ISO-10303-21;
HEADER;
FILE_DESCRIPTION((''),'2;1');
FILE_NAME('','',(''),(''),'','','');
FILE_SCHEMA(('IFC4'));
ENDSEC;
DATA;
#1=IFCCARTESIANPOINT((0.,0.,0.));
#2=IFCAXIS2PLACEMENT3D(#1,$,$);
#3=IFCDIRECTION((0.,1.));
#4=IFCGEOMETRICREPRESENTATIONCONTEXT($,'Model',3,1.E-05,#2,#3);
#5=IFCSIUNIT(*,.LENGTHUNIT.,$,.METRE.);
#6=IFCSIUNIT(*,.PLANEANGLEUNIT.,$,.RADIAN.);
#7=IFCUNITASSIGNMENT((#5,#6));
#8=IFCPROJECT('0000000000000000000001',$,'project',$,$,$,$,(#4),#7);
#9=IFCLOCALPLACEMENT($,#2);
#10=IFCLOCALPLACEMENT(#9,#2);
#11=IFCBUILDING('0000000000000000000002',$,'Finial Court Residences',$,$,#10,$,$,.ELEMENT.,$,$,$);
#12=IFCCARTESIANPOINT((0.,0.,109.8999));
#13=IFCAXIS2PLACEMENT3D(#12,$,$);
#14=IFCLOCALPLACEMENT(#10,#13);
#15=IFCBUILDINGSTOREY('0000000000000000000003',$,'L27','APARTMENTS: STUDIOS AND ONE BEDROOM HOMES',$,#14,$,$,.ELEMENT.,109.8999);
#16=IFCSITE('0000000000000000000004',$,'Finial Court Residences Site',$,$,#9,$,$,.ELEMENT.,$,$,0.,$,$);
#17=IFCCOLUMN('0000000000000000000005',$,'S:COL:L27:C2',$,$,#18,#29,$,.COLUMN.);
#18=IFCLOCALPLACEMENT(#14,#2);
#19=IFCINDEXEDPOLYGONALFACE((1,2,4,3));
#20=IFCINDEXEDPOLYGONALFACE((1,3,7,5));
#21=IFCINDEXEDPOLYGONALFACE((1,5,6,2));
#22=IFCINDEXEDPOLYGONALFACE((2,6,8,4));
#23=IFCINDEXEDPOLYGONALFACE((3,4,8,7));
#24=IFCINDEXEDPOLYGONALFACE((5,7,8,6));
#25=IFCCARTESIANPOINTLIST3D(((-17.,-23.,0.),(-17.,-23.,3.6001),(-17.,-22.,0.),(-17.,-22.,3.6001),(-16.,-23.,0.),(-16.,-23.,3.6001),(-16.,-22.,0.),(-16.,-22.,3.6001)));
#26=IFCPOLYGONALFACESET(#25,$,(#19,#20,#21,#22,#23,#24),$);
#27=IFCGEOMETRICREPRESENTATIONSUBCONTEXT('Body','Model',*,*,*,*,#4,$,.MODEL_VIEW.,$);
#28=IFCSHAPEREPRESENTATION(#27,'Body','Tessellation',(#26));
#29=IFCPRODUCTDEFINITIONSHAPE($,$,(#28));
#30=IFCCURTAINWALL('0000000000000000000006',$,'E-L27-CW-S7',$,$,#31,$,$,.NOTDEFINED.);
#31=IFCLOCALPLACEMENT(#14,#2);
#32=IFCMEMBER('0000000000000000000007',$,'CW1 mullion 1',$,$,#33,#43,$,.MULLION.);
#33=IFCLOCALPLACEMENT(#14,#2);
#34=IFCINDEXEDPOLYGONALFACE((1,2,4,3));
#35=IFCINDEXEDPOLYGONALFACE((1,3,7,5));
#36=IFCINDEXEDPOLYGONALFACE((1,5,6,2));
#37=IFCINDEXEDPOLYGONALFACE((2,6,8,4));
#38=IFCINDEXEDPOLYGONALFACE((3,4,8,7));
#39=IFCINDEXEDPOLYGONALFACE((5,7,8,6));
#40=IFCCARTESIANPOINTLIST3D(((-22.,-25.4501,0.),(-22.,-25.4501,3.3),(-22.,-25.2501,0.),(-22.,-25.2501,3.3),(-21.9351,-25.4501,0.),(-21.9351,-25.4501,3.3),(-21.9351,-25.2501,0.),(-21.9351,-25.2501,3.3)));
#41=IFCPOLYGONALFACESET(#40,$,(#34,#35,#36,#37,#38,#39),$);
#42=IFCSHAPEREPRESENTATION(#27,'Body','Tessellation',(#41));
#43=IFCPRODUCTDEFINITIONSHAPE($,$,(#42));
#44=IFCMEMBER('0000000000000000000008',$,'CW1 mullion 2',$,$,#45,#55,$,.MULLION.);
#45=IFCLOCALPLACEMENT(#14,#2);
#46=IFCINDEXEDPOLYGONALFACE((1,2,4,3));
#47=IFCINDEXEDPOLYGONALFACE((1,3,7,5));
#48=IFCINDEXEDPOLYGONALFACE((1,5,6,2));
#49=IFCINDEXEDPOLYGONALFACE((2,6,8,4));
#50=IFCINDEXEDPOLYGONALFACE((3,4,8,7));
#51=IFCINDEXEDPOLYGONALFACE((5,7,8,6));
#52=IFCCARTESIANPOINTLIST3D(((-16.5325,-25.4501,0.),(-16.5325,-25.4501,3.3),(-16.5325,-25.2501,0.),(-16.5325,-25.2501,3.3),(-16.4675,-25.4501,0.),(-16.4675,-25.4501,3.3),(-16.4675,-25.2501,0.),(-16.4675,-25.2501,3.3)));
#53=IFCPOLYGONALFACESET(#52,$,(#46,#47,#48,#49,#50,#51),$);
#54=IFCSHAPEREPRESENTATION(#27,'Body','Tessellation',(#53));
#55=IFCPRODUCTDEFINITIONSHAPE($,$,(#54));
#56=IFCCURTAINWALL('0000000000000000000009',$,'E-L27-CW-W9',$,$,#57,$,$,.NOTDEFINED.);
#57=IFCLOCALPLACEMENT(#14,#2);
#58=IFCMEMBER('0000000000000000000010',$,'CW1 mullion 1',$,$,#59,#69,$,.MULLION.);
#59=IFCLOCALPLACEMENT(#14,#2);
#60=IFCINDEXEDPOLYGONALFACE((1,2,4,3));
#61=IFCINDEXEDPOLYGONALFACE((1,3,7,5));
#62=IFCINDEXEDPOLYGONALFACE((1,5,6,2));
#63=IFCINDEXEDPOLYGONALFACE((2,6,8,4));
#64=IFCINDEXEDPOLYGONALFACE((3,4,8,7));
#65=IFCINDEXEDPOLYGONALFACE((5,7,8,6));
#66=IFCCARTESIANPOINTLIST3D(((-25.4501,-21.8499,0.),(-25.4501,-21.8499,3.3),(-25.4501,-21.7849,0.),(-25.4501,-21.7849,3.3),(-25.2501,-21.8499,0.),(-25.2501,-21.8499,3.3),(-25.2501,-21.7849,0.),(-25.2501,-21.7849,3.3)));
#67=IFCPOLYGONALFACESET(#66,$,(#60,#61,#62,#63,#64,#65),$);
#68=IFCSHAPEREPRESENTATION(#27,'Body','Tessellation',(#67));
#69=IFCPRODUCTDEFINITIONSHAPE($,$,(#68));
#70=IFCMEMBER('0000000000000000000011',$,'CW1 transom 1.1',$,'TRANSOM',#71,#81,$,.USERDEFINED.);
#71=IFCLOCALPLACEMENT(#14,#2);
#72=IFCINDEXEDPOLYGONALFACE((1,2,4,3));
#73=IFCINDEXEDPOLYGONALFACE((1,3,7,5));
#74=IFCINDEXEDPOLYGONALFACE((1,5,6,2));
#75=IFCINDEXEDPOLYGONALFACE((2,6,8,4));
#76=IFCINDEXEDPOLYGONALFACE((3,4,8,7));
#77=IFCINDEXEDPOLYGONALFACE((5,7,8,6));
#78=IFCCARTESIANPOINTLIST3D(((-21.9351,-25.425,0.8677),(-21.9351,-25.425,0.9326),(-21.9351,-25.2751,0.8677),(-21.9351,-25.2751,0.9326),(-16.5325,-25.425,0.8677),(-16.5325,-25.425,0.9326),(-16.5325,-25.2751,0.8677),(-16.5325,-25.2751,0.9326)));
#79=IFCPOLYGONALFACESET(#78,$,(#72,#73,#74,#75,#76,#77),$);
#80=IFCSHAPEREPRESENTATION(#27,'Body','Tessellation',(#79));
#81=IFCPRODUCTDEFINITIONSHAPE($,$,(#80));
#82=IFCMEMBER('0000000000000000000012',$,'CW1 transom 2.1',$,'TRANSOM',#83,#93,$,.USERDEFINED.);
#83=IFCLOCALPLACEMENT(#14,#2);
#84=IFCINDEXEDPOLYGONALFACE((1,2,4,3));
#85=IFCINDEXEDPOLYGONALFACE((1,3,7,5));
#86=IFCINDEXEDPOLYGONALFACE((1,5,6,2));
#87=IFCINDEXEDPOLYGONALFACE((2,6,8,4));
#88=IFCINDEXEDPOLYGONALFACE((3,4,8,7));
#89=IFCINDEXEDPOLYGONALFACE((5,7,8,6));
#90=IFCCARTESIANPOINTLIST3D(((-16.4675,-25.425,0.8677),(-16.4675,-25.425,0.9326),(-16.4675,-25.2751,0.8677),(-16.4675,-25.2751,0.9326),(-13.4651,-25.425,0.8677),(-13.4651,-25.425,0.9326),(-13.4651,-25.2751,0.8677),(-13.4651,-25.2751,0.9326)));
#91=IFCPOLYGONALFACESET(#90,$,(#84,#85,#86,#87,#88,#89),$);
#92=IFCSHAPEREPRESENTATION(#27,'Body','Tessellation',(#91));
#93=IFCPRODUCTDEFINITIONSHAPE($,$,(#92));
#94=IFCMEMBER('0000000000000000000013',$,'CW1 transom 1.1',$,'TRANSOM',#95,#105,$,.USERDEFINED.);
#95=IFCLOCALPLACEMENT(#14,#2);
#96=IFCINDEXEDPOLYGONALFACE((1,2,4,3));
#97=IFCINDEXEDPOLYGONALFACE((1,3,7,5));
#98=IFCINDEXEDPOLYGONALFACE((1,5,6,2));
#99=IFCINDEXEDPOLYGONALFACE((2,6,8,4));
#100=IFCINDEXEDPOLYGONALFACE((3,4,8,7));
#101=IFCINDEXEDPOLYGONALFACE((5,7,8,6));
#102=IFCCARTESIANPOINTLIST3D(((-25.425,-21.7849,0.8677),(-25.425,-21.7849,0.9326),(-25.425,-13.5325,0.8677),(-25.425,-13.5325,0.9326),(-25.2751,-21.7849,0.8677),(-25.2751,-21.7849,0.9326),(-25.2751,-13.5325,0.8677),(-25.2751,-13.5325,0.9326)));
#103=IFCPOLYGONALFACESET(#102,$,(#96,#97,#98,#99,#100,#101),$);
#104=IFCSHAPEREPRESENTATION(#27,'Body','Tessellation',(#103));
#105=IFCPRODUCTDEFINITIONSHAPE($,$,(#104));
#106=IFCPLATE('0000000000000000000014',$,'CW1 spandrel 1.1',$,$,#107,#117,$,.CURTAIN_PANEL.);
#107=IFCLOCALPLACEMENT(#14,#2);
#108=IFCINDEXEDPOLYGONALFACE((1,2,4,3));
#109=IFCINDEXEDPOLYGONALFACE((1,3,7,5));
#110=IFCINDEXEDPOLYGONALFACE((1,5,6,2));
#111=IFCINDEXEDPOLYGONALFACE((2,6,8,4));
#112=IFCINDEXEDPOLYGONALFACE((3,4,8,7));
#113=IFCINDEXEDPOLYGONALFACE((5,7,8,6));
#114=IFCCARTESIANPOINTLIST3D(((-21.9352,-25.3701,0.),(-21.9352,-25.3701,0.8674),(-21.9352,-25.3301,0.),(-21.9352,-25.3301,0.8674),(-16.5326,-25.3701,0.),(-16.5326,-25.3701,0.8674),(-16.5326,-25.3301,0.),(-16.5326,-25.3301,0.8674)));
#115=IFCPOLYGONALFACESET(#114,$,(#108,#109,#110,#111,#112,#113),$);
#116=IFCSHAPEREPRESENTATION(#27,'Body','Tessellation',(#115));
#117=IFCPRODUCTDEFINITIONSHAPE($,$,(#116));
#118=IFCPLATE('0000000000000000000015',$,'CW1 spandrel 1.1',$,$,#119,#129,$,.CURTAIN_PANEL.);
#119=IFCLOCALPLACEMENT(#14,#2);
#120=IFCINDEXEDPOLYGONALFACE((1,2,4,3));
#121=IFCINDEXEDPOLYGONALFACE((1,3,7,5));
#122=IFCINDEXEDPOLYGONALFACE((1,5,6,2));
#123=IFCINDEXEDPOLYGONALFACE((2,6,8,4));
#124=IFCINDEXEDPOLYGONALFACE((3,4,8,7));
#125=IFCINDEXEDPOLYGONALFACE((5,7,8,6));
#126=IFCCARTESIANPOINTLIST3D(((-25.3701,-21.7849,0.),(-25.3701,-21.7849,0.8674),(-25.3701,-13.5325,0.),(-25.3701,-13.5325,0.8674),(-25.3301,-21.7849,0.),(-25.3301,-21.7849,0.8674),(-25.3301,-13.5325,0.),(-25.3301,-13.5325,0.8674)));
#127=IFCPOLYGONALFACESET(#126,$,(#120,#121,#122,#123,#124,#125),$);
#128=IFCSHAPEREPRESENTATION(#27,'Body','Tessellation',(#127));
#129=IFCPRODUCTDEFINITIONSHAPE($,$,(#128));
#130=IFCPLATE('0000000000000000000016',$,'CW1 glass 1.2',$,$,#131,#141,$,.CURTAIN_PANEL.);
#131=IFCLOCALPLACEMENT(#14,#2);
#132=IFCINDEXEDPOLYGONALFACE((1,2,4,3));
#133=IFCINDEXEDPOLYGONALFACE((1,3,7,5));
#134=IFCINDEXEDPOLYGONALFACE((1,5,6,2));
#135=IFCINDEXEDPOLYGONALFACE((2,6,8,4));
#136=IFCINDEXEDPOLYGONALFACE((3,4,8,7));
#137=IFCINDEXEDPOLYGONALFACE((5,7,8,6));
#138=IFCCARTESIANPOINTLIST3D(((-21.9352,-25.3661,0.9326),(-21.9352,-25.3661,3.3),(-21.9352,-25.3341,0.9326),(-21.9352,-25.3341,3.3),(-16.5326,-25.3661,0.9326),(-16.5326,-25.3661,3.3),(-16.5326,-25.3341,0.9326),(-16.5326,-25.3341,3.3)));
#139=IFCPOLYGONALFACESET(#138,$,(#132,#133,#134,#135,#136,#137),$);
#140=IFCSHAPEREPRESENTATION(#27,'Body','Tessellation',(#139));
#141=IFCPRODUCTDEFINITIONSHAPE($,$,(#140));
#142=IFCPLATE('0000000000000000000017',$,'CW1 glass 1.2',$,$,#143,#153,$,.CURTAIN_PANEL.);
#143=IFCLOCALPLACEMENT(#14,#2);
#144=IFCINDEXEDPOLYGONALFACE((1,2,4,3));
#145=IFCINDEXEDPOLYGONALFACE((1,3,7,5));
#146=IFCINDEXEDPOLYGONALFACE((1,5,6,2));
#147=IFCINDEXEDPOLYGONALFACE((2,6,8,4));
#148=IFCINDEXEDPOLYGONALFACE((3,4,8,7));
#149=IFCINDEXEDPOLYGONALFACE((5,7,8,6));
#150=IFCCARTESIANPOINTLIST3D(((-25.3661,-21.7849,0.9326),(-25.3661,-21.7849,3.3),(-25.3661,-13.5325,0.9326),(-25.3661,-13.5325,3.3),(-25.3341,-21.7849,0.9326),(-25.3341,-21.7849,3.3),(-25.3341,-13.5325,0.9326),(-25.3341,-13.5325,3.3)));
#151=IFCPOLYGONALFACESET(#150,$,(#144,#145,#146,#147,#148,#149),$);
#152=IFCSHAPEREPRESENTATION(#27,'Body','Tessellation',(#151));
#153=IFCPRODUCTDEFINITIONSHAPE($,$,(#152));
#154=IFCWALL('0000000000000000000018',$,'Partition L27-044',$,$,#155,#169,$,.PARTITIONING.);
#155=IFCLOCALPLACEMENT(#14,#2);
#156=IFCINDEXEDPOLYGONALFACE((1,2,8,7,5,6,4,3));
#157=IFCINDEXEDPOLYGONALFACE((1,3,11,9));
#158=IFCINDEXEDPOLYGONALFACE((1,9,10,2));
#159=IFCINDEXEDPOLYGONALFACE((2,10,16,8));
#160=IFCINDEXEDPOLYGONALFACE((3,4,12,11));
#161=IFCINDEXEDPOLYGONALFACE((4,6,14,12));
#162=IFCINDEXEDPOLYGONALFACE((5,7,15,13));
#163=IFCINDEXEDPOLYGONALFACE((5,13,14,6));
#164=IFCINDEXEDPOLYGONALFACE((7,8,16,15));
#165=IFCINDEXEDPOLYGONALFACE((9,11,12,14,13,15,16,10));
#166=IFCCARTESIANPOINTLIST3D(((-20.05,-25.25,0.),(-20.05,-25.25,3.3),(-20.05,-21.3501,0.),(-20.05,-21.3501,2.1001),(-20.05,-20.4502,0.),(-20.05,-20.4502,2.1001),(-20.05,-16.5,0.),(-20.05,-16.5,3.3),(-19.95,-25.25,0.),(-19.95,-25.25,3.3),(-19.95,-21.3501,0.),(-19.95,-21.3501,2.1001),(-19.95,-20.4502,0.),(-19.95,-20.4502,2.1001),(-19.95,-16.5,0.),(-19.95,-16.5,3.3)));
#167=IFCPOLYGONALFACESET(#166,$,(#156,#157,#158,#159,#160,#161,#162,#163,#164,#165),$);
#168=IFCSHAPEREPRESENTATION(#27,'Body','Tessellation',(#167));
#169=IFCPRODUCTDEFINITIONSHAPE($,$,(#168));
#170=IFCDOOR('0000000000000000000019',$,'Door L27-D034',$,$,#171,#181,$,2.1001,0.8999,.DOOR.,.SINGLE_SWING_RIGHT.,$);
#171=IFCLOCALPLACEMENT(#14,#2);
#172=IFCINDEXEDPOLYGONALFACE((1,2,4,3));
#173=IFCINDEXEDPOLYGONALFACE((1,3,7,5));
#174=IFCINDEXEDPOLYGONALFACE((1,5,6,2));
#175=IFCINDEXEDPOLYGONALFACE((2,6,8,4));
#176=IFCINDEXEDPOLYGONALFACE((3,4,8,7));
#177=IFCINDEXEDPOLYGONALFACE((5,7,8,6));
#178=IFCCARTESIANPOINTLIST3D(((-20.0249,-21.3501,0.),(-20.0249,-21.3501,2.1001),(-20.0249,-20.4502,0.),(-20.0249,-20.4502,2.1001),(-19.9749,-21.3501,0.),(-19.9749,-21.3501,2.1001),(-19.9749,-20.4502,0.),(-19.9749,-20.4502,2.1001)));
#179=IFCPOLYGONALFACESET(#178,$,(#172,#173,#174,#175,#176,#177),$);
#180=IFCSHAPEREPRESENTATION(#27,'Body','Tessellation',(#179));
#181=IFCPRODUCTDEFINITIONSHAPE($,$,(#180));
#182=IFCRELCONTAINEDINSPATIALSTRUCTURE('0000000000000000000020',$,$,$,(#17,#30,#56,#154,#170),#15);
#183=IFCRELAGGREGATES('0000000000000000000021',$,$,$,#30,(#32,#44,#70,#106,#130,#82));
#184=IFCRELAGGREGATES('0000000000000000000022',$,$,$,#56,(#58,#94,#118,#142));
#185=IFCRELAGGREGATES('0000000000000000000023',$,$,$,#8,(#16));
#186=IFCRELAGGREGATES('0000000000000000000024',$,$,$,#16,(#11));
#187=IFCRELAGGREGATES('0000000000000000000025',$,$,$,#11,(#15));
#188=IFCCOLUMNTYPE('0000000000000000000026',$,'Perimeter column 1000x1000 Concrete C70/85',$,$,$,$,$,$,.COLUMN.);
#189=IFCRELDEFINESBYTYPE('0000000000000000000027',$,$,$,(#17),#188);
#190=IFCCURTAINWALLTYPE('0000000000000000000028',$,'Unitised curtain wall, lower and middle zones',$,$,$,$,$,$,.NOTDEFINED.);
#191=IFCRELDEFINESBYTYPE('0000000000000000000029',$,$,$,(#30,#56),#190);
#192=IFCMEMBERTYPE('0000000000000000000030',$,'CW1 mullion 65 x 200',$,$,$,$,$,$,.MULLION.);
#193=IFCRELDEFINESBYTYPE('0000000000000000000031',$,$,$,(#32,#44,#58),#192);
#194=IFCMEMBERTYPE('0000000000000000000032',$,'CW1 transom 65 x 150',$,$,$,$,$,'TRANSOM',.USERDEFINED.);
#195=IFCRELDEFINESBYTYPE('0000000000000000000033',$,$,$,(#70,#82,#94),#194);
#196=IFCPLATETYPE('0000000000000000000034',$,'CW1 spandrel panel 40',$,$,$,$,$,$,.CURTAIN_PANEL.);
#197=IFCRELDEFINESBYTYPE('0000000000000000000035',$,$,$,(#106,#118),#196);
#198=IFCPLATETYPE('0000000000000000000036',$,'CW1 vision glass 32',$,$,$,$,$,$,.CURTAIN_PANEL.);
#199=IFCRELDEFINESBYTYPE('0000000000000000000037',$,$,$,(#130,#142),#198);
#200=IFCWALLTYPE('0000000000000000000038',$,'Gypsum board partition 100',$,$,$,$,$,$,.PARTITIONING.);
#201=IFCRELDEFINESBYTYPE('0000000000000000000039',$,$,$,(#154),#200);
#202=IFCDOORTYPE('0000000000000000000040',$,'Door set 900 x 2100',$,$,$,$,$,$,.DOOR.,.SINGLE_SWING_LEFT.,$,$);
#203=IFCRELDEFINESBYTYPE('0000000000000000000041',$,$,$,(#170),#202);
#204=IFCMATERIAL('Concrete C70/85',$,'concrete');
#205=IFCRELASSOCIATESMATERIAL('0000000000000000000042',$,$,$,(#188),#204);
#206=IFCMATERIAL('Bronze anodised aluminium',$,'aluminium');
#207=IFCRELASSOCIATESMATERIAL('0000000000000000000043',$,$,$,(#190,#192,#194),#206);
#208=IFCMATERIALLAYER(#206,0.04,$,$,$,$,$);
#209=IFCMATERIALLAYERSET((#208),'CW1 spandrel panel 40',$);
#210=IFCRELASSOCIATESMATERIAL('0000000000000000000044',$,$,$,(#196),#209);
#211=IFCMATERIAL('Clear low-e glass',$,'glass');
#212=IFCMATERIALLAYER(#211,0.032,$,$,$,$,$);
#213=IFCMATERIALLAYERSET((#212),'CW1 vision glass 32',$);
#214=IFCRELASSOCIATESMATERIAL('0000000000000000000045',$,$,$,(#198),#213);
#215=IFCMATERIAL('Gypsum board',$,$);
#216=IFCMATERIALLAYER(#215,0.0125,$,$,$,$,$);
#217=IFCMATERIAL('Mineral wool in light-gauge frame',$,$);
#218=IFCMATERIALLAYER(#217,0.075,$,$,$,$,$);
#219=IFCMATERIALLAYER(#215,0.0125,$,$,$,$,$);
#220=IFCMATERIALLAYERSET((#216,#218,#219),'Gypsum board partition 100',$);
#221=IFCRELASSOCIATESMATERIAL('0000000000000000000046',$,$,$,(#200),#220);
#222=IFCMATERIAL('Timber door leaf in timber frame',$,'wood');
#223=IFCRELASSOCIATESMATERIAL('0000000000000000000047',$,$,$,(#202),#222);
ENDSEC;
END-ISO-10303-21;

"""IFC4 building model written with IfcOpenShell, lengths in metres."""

from ifc_helpers import new_model, si_unit, direction, frame, frame_2d, origin, origin_2d, place, context, subcontext, project, spatial, rectangle, extrude, material, layer, layer_set, material_profile, profile_set, type_object, element, fill, aggregate, save


model = new_model("IFC4")

# Units and contexts
model_context = context("Model", 3, precision=1e-05, world=origin(), true_north=direction((0.0, 1.0)))
body_context = subcontext(model_context, "Body", "Model", "MODEL_VIEW")
ifc_project = project(units=[si_unit("LENGTHUNIT", "METRE"), si_unit("PLANEANGLEUNIT", "RADIAN")], contexts=[model_context])

# Site, building, storey
site_placement = place(None, origin())
site = spatial("IfcSite", under=ifc_project, at=site_placement, Name="Finial Court Residences Site", CompositionType="ELEMENT", RefElevation=0.0)
building_placement = place(site_placement, origin())
building = spatial("IfcBuilding", under=site, at=building_placement, Name="Finial Court Residences", CompositionType="ELEMENT")
storey_placement = place(building_placement, frame((0.0, 0.0, 109.8999)))
storey = spatial("IfcBuildingStorey", under=building, at=storey_placement, Name="L27", Description="APARTMENTS: STUDIOS AND ONE BEDROOM HOMES", CompositionType="ELEMENT", Elevation=109.8999)

# Column
ifc_material_1 = material(Name="Concrete C70/85", Category="concrete")
ifc_material_profile_1 = material_profile(ifc_material_1, rectangle(XDim=1.0, YDim=1.0, at=origin_2d()), Name="1000x1000")
ifc_profile_set_1 = profile_set([ifc_material_profile_1], Name="Concrete C70/85")
column_type = type_object("IfcColumnType", Name="Perimeter column 1000x1000 Concrete C70/85", PredefinedType="COLUMN", material=ifc_profile_set_1)
column_placement = place(storey_placement, frame((-16.5, -22.5, 0.0), z_axis=(0.0, 0.0, 1.0), x_axis=(1.0, 0.0, 0.0)))
element("IfcColumn", 1, at=column_placement, inside=storey, type_object=column_type, Name="S:COL:L27:C2", PredefinedType="COLUMN", context=body_context, shape_type="SweptSolid", body=[
    extrude(rectangle(XDim=1.0, YDim=1.0, at=origin_2d()), origin(), (0.0, 0.0, 1.0), 3.6001),
])

# Curtain wall, members
ifc_material_2 = material(Name="Bronze anodised aluminium", Category="aluminium")
curtain_wall_type = type_object("IfcCurtainWallType", Name="Unitised curtain wall, lower and middle zones", PredefinedType="NOTDEFINED", material=ifc_material_2)
curtain_wall_1_placement = place(storey_placement, origin())
curtain_wall_1 = element("IfcCurtainWall", 2, at=curtain_wall_1_placement, inside=storey, type_object=curtain_wall_type, Name="E-L27-CW-S7", PredefinedType="NOTDEFINED")
ifc_material_profile_2 = material_profile(ifc_material_2, rectangle(XDim=0.2, YDim=0.0649, at=origin_2d()), Name="CW1 mullion 65 x 200")
ifc_profile_set_2 = profile_set([ifc_material_profile_2], Name="Bronze anodised aluminium")
member_type_1 = type_object("IfcMemberType", Name="CW1 mullion 65 x 200", PredefinedType="MULLION", material=ifc_profile_set_2)
member_1_placement = place(storey_placement, frame((-21.9675, -25.3501, 0.0), z_axis=(0.0, 0.0, 1.0), x_axis=(0.0, 1.0, 0.0)))
member_1 = element("IfcMember", 3, at=member_1_placement, type_object=member_type_1, Name="CW1 mullion 1", PredefinedType="MULLION", context=body_context, shape_type="SweptSolid", body=[
    extrude(rectangle(XDim=0.2, YDim=0.0649, at=origin_2d()), origin(), (0.0, 0.0, 1.0), 3.3),
])
member_2_placement = place(storey_placement, frame((-16.5, -25.3501, 0.0), z_axis=(0.0, 0.0, 1.0), x_axis=(0.0, 1.0, 0.0)))
member_2 = element("IfcMember", 4, at=member_2_placement, type_object=member_type_1, Name="CW1 mullion 2", PredefinedType="MULLION", context=body_context, shape_type="SweptSolid", body=[
    extrude(rectangle(XDim=0.2, YDim=0.0649, at=origin_2d()), origin(), (0.0, 0.0, 1.0), 3.3),
])

# Curtain wall, member
curtain_wall_2_placement = place(storey_placement, origin())
curtain_wall_2 = element("IfcCurtainWall", 5, at=curtain_wall_2_placement, inside=storey, type_object=curtain_wall_type, Name="E-L27-CW-W9", PredefinedType="NOTDEFINED")
member_3_placement = place(storey_placement, frame((-25.3501, -21.8174, 0.0), z_axis=(0.0, 0.0, 1.0), x_axis=(-1.0, 0.0, 0.0)))
member_3 = element("IfcMember", 6, at=member_3_placement, type_object=member_type_1, Name="CW1 mullion 1", PredefinedType="MULLION", context=body_context, shape_type="SweptSolid", body=[
    extrude(rectangle(XDim=0.2, YDim=0.0649, at=origin_2d()), origin(), (0.0, 0.0, 1.0), 3.3),
])

# Members
ifc_material_profile_3 = material_profile(ifc_material_2, rectangle(XDim=0.1499, YDim=0.0649, at=origin_2d()), Name="CW1 transom 65 x 150")
ifc_profile_set_3 = profile_set([ifc_material_profile_3], Name="Bronze anodised aluminium")
member_type_2 = type_object("IfcMemberType", Name="CW1 transom 65 x 150", ElementType="TRANSOM", PredefinedType="USERDEFINED", material=ifc_profile_set_3)
member_4_placement = place(storey_placement, frame((-21.9351, -25.3501, 0.9001), z_axis=(1.0, 0.0, 0.0), x_axis=(0.0, 1.0, 0.0)))
member_4 = element("IfcMember", 7, at=member_4_placement, type_object=member_type_2, Name="CW1 transom 1.1", ObjectType="TRANSOM", PredefinedType="USERDEFINED", context=body_context, shape_type="SweptSolid", body=[
    extrude(rectangle(XDim=0.1499, YDim=0.0649, at=origin_2d()), origin(), (0.0, 0.0, 1.0), 5.4026),
])
member_5_placement = place(storey_placement, frame((-16.4675, -25.3501, 0.9001), z_axis=(1.0, 0.0, 0.0), x_axis=(0.0, 1.0, 0.0)))
member_5 = element("IfcMember", 8, at=member_5_placement, type_object=member_type_2, Name="CW1 transom 2.1", ObjectType="TRANSOM", PredefinedType="USERDEFINED", context=body_context, shape_type="SweptSolid", body=[
    extrude(rectangle(XDim=0.1499, YDim=0.0649, at=origin_2d()), origin(), (0.0, 0.0, 1.0), 3.0024),
])
member_6_placement = place(storey_placement, frame((-25.3501, -21.7849, 0.9001), z_axis=(0.0, 1.0, 0.0), x_axis=(-1.0, 0.0, 0.0)))
member_6 = element("IfcMember", 9, at=member_6_placement, type_object=member_type_2, Name="CW1 transom 1.1", ObjectType="TRANSOM", PredefinedType="USERDEFINED", context=body_context, shape_type="SweptSolid", body=[
    extrude(rectangle(XDim=0.1499, YDim=0.0649, at=origin_2d()), origin(), (0.0, 0.0, 1.0), 8.2524),
])

# Plates
ifc_layer_1 = layer(ifc_material_2, 0.04)
ifc_layer_set_1 = layer_set([ifc_layer_1], Name="CW1 spandrel panel 40")
plate_type_1 = type_object("IfcPlateType", Name="CW1 spandrel panel 40", PredefinedType="CURTAIN_PANEL", material=ifc_layer_set_1)
plate_1_placement = place(storey_placement, frame((-19.2339, -25.3501, 0.0), z_axis=(0.0, 0.0, 1.0), x_axis=(1.0, 0.0, 0.0)))
plate_1 = element("IfcPlate", 10, at=plate_1_placement, type_object=plate_type_1, Name="CW1 spandrel 1.1", PredefinedType="CURTAIN_PANEL", context=body_context, shape_type="SweptSolid", body=[
    extrude(rectangle(XDim=5.4026, YDim=0.04, at=origin_2d()), origin(), (0.0, 0.0, 1.0), 0.8674),
])
plate_2_placement = place(storey_placement, frame((-25.3501, -17.6587, 0.0), z_axis=(0.0, 0.0, 1.0), x_axis=(0.0, 1.0, 0.0)))
plate_2 = element("IfcPlate", 11, at=plate_2_placement, type_object=plate_type_1, Name="CW1 spandrel 1.1", PredefinedType="CURTAIN_PANEL", context=body_context, shape_type="SweptSolid", body=[
    extrude(rectangle(XDim=8.2524, YDim=0.04, at=origin_2d()), origin(), (0.0, 0.0, 1.0), 0.8674),
])
ifc_material_3 = material(Name="Clear low-e glass", Category="glass")
ifc_layer_2 = layer(ifc_material_3, 0.032)
ifc_layer_set_2 = layer_set([ifc_layer_2], Name="CW1 vision glass 32")
plate_type_2 = type_object("IfcPlateType", Name="CW1 vision glass 32", PredefinedType="CURTAIN_PANEL", material=ifc_layer_set_2)
plate_3_placement = place(storey_placement, frame((-19.2339, -25.3501, 0.9326), z_axis=(0.0, 0.0, 1.0), x_axis=(1.0, 0.0, 0.0)))
plate_3 = element("IfcPlate", 12, at=plate_3_placement, type_object=plate_type_2, Name="CW1 glass 1.2", PredefinedType="CURTAIN_PANEL", context=body_context, shape_type="SweptSolid", body=[
    extrude(rectangle(XDim=5.4026, YDim=0.032, at=origin_2d()), origin(), (0.0, 0.0, 1.0), 2.3674),
])
aggregate(curtain_wall_1, [member_1, member_2, member_4, plate_1, plate_3, member_5])
plate_4_placement = place(storey_placement, frame((-25.3501, -17.6587, 0.9326), z_axis=(0.0, 0.0, 1.0), x_axis=(0.0, 1.0, 0.0)))
plate_4 = element("IfcPlate", 13, at=plate_4_placement, type_object=plate_type_2, Name="CW1 glass 1.2", PredefinedType="CURTAIN_PANEL", context=body_context, shape_type="SweptSolid", body=[
    extrude(rectangle(XDim=8.2524, YDim=0.032, at=origin_2d()), origin(), (0.0, 0.0, 1.0), 2.3674),
])
aggregate(curtain_wall_2, [member_3, member_6, plate_2, plate_4])

# Wall, opening, door
ifc_material_4 = material(Name="Gypsum board")
ifc_layer_3 = layer(ifc_material_4, 0.0125)
ifc_material_5 = material(Name="Mineral wool in light-gauge frame")
ifc_layer_4 = layer(ifc_material_5, 0.075)
ifc_layer_5 = layer(ifc_material_4, 0.0125)
ifc_layer_set_3 = layer_set([ifc_layer_3, ifc_layer_4, ifc_layer_5], Name="Gypsum board partition 100")
wall_type_1 = type_object("IfcWallType", Name="Gypsum board partition 100", PredefinedType="PARTITIONING", material=ifc_layer_set_3)
wall_1_placement = place(storey_placement, frame((-20.0, -25.25, 0.0), z_axis=(0.0, 0.0, 1.0), x_axis=(0.0, 1.0, 0.0)))
wall_1 = element("IfcWall", 14, at=wall_1_placement, inside=storey, type_object=wall_type_1, Name="Partition L27-044", PredefinedType="PARTITIONING", context=body_context, shape_type="SweptSolid", body=[
    extrude(rectangle(XDim=8.75, YDim=0.1001, at=frame_2d((4.375, 0.0))), origin(), (0.0, 0.0, 1.0), 3.3),
])
opening_1_placement = place(wall_1_placement, frame((3.8999, 0.0, 0.0)))
opening_1 = element("IfcOpeningElement", 15, at=opening_1_placement, cuts=wall_1, PredefinedType="OPENING", context=body_context, shape_type="SweptSolid", body=[
    extrude(rectangle(XDim=0.8999, YDim=2.1001, at=frame_2d((0.45, 1.05))), frame((0.0, 0.0601, 0.0), z_axis=(0.0, -1.0, 0.0), x_axis=(1.0, 0.0, 0.0)), (0.0, 0.0, 1.0), 0.1201),
])
ifc_material_6 = material(Name="Timber door leaf in timber frame", Category="wood")
door_type = type_object("IfcDoorType", Name="Door set 900 x 2100", OperationType="SINGLE_SWING_LEFT", PredefinedType="DOOR", material=ifc_material_6)
door_1_placement = place(opening_1_placement, origin())
door_1 = element("IfcDoor", 16, at=door_1_placement, inside=storey, type_object=door_type, Name="Door L27-D034", OperationType="SINGLE_SWING_RIGHT", OverallHeight=2.1001, OverallWidth=0.8999, PredefinedType="DOOR", context=body_context, shape_type="SweptSolid", body=[
    extrude(rectangle(XDim=0.8999, YDim=2.1001, at=frame_2d((0.45, 1.05))), frame((0.0, 0.0249, 0.0), z_axis=(0.0, -1.0, 0.0), x_axis=(1.0, 0.0, 0.0)), (0.0, 0.0, 1.0), 0.05),
])
fill(opening_1, door_1)

save(model, "model.ifc")
